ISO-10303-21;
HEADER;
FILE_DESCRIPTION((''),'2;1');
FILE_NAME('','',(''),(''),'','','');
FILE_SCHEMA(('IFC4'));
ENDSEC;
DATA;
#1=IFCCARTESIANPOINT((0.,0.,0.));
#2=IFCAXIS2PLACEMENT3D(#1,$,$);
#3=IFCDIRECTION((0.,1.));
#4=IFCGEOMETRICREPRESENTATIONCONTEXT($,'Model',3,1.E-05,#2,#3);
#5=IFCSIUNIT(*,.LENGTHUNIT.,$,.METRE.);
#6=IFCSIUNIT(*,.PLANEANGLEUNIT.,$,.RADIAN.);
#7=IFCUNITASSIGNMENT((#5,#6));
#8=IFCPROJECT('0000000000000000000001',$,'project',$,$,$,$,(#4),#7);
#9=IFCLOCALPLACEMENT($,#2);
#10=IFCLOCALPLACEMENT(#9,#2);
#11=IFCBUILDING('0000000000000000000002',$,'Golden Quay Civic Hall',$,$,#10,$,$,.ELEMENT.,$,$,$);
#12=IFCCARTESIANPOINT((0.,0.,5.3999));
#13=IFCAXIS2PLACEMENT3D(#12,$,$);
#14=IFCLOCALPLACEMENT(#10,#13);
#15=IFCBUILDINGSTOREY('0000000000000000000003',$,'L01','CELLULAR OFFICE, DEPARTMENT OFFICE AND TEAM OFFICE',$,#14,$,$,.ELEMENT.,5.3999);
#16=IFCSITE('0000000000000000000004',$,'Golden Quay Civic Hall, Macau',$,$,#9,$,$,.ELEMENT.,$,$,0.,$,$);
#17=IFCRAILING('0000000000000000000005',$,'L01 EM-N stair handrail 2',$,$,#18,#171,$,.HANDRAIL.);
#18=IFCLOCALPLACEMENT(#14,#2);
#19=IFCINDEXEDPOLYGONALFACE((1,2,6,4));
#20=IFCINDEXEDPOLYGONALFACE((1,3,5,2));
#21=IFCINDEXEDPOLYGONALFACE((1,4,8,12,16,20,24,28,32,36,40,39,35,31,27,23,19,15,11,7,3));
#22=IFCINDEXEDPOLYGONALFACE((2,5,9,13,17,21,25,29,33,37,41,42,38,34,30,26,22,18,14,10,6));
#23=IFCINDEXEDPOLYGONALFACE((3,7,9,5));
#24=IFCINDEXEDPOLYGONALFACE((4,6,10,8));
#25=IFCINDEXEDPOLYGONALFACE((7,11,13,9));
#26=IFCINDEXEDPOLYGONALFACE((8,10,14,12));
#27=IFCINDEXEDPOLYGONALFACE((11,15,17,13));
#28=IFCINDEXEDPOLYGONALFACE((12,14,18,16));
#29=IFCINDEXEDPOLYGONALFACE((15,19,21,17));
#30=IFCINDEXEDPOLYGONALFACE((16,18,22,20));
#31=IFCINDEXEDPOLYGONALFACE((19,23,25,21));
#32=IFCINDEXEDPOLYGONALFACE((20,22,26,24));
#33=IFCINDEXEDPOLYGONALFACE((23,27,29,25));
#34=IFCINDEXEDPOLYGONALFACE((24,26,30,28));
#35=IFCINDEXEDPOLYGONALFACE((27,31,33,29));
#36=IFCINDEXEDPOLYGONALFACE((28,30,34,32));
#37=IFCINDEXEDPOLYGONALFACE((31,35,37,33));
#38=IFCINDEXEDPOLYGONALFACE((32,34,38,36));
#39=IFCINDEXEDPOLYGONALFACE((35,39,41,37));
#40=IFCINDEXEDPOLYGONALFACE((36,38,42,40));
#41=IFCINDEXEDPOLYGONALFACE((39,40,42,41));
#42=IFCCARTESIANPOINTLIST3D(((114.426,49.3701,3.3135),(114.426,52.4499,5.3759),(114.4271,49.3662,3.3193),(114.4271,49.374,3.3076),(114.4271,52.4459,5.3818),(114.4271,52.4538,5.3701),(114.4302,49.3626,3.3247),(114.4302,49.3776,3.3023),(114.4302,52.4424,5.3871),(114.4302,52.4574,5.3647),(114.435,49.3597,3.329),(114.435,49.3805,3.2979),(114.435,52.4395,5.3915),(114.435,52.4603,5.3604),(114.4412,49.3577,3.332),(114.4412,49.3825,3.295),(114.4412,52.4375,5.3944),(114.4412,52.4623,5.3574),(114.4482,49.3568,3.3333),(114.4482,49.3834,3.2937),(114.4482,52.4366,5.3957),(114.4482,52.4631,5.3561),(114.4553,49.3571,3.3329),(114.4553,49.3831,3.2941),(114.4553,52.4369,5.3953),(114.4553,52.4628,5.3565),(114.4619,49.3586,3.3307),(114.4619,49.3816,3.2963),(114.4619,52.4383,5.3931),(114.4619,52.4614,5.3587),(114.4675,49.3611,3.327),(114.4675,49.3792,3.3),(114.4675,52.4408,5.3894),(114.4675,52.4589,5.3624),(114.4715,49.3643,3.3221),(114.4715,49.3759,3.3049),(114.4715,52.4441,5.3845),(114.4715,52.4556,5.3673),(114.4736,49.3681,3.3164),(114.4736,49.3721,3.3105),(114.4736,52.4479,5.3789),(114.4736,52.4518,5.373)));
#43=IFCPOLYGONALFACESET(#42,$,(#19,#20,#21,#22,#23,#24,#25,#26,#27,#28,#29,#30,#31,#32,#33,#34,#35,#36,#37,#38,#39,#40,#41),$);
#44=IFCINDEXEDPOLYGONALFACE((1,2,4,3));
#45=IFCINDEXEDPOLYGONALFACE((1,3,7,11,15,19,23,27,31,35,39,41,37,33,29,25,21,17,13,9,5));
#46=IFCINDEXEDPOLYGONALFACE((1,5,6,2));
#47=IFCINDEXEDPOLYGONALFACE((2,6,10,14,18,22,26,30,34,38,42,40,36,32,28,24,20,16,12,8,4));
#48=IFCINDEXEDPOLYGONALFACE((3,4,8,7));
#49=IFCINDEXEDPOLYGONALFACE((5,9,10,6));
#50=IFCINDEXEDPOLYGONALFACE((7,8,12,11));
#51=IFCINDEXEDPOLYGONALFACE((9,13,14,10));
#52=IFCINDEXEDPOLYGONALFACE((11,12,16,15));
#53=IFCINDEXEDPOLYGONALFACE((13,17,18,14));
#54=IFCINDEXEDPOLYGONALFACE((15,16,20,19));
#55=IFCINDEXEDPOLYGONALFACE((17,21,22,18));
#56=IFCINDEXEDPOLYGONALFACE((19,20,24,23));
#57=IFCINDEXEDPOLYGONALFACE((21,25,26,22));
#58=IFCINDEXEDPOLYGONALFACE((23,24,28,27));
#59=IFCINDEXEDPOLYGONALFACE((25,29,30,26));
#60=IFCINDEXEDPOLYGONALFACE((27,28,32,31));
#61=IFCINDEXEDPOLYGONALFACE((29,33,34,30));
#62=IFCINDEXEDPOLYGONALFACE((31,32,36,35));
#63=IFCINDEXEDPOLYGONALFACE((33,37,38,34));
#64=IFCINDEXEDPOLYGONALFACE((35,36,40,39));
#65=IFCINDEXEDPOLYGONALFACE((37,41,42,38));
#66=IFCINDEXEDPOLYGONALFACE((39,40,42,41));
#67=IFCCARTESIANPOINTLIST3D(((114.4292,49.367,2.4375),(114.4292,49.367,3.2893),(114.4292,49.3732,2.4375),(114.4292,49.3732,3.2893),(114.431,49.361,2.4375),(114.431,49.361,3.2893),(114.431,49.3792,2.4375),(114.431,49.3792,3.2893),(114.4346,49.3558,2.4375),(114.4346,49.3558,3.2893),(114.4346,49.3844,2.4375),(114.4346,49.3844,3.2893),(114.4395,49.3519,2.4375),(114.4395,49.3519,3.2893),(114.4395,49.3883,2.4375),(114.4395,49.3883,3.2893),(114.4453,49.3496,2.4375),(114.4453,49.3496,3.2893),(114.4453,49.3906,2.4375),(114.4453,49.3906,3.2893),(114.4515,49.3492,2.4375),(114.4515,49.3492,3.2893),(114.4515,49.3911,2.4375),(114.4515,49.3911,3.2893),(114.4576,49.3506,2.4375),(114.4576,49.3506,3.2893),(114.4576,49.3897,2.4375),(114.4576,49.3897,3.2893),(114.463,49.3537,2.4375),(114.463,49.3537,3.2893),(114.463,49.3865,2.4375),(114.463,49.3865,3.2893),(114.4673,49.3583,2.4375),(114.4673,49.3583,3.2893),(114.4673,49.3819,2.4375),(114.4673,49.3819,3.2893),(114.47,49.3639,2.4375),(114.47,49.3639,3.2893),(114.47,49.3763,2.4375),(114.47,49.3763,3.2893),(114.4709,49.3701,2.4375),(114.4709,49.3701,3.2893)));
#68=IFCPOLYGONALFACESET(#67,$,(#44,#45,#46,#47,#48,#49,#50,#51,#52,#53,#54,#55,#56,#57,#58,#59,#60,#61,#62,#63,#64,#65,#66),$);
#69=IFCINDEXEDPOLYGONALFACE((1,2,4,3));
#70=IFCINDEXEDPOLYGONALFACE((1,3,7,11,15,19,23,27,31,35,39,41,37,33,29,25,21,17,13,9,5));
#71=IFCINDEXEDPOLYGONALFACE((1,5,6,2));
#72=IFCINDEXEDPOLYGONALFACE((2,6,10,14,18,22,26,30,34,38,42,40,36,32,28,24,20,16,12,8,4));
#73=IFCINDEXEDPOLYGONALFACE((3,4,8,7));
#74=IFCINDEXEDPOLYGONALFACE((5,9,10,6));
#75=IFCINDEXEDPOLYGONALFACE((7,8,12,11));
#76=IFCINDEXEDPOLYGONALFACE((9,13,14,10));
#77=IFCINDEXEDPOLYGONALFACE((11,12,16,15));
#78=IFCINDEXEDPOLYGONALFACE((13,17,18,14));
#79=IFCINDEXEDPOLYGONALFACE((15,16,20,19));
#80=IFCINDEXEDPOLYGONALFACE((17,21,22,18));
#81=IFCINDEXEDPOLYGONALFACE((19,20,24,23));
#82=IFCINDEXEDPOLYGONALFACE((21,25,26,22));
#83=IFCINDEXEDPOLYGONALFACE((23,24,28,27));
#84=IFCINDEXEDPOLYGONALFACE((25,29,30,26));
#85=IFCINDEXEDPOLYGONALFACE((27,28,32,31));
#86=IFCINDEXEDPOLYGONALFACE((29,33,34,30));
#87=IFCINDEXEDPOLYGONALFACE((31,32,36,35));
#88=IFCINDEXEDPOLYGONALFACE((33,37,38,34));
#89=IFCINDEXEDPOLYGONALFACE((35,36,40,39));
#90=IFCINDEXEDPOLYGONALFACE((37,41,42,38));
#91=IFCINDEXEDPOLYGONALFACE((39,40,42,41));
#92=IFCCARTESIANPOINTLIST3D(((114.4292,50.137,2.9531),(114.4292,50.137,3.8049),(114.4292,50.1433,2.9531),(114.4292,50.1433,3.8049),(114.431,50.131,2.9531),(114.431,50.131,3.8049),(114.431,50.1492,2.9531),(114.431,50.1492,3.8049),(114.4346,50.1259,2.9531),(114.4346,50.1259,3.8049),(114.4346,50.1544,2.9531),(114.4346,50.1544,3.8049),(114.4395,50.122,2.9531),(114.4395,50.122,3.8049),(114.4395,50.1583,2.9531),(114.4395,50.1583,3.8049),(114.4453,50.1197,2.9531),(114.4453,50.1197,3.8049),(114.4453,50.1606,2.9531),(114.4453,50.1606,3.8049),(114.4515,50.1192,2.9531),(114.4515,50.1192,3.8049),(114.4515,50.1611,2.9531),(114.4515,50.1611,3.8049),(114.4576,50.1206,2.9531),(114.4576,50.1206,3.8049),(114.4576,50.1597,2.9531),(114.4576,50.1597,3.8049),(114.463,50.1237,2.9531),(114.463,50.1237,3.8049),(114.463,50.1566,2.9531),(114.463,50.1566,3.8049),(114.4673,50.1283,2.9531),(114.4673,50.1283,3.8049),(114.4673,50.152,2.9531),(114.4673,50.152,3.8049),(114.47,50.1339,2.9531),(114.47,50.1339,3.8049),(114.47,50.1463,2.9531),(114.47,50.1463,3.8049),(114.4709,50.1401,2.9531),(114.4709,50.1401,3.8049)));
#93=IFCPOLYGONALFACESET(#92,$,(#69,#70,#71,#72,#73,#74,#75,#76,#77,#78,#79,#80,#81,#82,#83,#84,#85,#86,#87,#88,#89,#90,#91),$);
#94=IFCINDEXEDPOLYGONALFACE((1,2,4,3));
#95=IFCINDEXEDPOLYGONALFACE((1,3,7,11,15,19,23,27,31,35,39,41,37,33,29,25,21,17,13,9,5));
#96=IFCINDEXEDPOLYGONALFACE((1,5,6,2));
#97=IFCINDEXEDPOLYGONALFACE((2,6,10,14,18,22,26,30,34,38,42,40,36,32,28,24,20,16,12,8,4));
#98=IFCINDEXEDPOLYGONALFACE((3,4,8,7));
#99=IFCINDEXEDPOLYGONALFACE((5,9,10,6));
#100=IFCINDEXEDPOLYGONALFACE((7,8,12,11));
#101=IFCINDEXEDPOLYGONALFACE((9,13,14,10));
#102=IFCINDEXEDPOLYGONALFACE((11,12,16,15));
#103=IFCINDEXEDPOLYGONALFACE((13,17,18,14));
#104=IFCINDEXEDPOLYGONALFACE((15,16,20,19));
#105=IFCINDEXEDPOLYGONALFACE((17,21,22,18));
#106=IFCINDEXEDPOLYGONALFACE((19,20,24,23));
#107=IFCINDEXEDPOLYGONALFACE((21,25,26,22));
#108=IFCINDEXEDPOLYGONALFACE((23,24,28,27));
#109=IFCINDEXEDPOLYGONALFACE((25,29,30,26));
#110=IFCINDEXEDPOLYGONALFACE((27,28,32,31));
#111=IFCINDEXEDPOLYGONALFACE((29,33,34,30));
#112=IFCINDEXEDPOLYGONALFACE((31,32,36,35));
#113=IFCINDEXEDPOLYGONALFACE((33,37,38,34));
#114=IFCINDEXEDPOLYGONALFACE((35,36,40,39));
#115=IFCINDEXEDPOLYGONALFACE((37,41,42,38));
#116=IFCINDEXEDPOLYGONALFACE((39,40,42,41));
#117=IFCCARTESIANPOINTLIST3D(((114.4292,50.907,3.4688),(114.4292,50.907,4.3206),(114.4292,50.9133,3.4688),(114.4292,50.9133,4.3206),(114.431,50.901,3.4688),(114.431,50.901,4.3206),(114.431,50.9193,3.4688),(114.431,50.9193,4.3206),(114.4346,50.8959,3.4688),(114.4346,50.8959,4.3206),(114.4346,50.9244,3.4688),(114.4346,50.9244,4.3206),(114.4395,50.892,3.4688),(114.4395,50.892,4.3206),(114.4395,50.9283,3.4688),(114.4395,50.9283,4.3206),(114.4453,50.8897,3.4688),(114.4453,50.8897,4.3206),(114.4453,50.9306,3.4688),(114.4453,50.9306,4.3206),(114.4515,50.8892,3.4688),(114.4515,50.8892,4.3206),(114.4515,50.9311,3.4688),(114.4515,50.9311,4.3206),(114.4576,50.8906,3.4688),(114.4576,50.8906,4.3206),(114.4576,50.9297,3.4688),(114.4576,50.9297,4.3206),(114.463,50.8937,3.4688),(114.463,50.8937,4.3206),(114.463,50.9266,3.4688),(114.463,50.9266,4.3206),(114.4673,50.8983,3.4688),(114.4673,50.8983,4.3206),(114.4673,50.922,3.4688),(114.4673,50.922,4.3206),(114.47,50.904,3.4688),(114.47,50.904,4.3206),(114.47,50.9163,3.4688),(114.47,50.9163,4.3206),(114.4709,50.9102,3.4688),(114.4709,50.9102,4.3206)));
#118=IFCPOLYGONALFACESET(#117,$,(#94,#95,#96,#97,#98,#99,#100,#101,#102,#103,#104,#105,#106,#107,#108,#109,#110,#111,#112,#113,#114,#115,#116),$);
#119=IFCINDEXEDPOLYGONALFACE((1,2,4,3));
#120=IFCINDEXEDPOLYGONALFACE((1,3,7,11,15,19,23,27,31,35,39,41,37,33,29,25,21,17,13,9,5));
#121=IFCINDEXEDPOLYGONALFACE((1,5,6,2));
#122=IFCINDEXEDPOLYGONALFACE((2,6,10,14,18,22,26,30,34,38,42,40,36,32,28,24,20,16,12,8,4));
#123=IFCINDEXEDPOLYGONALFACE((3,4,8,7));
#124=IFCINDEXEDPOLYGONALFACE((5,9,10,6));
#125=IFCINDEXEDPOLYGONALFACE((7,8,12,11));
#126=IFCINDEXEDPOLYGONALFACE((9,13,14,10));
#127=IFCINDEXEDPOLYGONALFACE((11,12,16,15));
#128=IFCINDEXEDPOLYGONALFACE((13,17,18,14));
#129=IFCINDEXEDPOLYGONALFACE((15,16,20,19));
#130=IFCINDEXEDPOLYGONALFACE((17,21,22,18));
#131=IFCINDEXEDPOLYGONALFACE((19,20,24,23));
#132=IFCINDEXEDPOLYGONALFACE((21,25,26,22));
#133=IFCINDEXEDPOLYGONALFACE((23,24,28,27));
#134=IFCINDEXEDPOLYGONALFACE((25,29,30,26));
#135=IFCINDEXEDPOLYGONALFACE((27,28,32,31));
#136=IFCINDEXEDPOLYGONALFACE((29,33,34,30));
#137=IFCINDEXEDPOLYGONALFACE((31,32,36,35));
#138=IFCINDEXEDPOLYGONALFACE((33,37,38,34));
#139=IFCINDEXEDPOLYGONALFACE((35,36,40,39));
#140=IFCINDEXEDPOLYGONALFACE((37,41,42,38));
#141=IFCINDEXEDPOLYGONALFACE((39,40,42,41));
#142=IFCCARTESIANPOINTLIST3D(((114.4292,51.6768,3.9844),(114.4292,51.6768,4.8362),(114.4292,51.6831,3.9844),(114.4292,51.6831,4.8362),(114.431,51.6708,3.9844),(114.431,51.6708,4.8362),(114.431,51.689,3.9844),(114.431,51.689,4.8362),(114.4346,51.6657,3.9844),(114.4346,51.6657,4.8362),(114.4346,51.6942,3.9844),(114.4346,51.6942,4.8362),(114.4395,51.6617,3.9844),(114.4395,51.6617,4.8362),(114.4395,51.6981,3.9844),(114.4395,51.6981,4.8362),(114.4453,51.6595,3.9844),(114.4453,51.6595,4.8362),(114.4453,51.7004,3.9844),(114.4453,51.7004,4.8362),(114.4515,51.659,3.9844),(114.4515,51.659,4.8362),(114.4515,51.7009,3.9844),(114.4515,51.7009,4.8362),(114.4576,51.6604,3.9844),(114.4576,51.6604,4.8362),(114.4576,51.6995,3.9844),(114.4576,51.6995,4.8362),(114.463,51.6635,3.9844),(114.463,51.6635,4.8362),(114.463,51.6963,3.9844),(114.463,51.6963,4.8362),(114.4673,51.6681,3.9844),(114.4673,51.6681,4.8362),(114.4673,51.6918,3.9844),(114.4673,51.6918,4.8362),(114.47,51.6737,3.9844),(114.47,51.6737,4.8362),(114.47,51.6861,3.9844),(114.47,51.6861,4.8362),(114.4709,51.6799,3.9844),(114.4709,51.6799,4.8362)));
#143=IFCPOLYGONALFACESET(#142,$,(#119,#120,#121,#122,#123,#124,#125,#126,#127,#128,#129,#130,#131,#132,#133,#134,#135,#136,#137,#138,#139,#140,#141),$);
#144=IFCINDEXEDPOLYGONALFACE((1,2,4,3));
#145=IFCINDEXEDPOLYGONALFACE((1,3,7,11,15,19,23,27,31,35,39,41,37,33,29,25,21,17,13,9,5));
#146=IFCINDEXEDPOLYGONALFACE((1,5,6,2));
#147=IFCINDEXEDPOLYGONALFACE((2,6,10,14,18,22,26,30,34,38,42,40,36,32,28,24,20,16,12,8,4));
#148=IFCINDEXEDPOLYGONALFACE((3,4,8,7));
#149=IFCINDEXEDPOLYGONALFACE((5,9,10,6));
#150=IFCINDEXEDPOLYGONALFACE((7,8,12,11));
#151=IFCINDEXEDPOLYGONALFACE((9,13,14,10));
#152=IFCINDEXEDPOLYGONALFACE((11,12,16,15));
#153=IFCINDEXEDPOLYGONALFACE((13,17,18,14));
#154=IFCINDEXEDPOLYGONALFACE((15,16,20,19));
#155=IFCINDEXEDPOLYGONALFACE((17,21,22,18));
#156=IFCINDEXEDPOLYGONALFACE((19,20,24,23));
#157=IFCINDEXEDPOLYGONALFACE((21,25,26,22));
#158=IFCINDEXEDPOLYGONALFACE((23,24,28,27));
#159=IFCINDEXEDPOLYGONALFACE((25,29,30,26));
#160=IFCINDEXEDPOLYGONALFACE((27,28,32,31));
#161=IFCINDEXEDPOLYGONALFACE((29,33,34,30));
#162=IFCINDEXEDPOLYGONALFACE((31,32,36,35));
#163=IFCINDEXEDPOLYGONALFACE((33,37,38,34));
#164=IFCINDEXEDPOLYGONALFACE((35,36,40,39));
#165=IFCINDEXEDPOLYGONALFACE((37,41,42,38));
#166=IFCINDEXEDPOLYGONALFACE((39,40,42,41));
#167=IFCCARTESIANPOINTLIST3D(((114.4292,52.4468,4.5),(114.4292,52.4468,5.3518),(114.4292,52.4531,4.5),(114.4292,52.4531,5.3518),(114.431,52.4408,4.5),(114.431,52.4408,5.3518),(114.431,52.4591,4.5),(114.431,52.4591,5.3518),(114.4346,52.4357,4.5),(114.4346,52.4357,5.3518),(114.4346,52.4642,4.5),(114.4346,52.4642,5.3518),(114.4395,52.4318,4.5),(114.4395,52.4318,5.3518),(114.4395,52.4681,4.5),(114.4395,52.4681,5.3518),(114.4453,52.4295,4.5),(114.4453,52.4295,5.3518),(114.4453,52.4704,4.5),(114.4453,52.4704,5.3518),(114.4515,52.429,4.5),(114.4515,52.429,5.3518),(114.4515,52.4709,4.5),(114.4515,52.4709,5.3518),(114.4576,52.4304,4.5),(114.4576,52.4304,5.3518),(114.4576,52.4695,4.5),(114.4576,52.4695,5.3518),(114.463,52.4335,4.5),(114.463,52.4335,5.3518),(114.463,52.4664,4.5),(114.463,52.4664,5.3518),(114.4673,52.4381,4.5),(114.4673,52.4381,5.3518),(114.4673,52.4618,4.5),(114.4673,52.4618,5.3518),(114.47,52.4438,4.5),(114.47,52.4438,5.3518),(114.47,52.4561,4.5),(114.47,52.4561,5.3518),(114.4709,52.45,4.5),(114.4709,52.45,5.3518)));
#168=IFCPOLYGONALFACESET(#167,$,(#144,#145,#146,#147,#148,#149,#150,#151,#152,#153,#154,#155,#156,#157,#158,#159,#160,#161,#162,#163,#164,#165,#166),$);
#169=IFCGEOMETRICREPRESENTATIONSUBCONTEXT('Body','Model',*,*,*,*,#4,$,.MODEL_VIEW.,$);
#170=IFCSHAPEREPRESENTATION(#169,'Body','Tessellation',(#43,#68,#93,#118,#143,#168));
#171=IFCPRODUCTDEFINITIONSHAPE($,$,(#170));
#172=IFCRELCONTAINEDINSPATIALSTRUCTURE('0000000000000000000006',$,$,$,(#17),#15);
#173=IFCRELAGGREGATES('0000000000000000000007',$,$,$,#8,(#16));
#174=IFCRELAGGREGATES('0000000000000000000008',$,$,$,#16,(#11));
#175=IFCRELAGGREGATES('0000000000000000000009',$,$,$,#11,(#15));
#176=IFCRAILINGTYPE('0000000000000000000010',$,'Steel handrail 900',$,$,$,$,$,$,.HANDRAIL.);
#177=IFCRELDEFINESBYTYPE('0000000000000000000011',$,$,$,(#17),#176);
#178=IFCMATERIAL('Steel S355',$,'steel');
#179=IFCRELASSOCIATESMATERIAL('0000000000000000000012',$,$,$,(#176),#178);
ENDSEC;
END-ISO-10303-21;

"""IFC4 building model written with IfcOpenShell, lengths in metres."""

from ifc_helpers import new_model, si_unit, direction, frame, origin, origin_2d, place, context, subcontext, project, spatial, circle, extrude, material, type_object, element, save


model = new_model("IFC4")

# Units and contexts
model_context = context("Model", 3, precision=1e-05, world=origin(), true_north=direction((0.0, 1.0)))
body_context = subcontext(model_context, "Body", "Model", "MODEL_VIEW")
ifc_project = project(units=[si_unit("LENGTHUNIT", "METRE"), si_unit("PLANEANGLEUNIT", "RADIAN")], contexts=[model_context])

# Site, building, storey
site_placement = place(None, origin())
site = spatial("IfcSite", under=ifc_project, at=site_placement, Name="Golden Quay Civic Hall, Macau", CompositionType="ELEMENT", RefElevation=0.0)
building_placement = place(site_placement, origin())
building = spatial("IfcBuilding", under=site, at=building_placement, Name="Golden Quay Civic Hall", CompositionType="ELEMENT")
storey_placement = place(building_placement, frame((0.0, 0.0, 5.3999)))
storey = spatial("IfcBuildingStorey", under=building, at=storey_placement, Name="L01", Description="CELLULAR OFFICE, DEPARTMENT OFFICE AND TEAM OFFICE", CompositionType="ELEMENT", Elevation=5.3999)

# Railing
ifc_material_1 = material(Name="Steel S355", Category="steel")
railing_type_1 = type_object("IfcRailingType", Name="Steel handrail 900", PredefinedType="HANDRAIL", material=ifc_material_1)
railing_1_placement = place(storey_placement, frame((114.45, 49.3701, 2.4375)))
element("IfcRailing", 1, at=railing_1_placement, inside=storey, type_object=railing_type_1, Name="L01 EM-N stair handrail 2", PredefinedType="HANDRAIL", context=body_context, shape_type="SweptSolid", body=[
    extrude(circle(Radius=0.0239, at=origin_2d()), frame((0.0, 0.0, 0.876), z_axis=(0.0, 0.830893, 0.556432), x_axis=(-1.0, 0.0, 0.0)), (0.0, 0.0, 1.0), 3.7065),
    extrude(circle(Radius=0.021, at=origin_2d()), origin(), (0.0, 0.0, 1.0), 0.8518),
    extrude(circle(Radius=0.021, at=origin_2d()), frame((0.0, 0.77, 0.5156)), (0.0, 0.0, 1.0), 0.8518),
    extrude(circle(Radius=0.021, at=origin_2d()), frame((0.0, 1.54, 1.0312)), (0.0, 0.0, 1.0), 0.8518),
    extrude(circle(Radius=0.021, at=origin_2d()), frame((0.0, 2.3098, 1.5469)), (0.0, 0.0, 1.0), 0.8518),
    extrude(circle(Radius=0.021, at=origin_2d()), frame((0.0, 3.0798, 2.0625)), (0.0, 0.0, 1.0), 0.8518),
])

save(model, "model.ifc")
